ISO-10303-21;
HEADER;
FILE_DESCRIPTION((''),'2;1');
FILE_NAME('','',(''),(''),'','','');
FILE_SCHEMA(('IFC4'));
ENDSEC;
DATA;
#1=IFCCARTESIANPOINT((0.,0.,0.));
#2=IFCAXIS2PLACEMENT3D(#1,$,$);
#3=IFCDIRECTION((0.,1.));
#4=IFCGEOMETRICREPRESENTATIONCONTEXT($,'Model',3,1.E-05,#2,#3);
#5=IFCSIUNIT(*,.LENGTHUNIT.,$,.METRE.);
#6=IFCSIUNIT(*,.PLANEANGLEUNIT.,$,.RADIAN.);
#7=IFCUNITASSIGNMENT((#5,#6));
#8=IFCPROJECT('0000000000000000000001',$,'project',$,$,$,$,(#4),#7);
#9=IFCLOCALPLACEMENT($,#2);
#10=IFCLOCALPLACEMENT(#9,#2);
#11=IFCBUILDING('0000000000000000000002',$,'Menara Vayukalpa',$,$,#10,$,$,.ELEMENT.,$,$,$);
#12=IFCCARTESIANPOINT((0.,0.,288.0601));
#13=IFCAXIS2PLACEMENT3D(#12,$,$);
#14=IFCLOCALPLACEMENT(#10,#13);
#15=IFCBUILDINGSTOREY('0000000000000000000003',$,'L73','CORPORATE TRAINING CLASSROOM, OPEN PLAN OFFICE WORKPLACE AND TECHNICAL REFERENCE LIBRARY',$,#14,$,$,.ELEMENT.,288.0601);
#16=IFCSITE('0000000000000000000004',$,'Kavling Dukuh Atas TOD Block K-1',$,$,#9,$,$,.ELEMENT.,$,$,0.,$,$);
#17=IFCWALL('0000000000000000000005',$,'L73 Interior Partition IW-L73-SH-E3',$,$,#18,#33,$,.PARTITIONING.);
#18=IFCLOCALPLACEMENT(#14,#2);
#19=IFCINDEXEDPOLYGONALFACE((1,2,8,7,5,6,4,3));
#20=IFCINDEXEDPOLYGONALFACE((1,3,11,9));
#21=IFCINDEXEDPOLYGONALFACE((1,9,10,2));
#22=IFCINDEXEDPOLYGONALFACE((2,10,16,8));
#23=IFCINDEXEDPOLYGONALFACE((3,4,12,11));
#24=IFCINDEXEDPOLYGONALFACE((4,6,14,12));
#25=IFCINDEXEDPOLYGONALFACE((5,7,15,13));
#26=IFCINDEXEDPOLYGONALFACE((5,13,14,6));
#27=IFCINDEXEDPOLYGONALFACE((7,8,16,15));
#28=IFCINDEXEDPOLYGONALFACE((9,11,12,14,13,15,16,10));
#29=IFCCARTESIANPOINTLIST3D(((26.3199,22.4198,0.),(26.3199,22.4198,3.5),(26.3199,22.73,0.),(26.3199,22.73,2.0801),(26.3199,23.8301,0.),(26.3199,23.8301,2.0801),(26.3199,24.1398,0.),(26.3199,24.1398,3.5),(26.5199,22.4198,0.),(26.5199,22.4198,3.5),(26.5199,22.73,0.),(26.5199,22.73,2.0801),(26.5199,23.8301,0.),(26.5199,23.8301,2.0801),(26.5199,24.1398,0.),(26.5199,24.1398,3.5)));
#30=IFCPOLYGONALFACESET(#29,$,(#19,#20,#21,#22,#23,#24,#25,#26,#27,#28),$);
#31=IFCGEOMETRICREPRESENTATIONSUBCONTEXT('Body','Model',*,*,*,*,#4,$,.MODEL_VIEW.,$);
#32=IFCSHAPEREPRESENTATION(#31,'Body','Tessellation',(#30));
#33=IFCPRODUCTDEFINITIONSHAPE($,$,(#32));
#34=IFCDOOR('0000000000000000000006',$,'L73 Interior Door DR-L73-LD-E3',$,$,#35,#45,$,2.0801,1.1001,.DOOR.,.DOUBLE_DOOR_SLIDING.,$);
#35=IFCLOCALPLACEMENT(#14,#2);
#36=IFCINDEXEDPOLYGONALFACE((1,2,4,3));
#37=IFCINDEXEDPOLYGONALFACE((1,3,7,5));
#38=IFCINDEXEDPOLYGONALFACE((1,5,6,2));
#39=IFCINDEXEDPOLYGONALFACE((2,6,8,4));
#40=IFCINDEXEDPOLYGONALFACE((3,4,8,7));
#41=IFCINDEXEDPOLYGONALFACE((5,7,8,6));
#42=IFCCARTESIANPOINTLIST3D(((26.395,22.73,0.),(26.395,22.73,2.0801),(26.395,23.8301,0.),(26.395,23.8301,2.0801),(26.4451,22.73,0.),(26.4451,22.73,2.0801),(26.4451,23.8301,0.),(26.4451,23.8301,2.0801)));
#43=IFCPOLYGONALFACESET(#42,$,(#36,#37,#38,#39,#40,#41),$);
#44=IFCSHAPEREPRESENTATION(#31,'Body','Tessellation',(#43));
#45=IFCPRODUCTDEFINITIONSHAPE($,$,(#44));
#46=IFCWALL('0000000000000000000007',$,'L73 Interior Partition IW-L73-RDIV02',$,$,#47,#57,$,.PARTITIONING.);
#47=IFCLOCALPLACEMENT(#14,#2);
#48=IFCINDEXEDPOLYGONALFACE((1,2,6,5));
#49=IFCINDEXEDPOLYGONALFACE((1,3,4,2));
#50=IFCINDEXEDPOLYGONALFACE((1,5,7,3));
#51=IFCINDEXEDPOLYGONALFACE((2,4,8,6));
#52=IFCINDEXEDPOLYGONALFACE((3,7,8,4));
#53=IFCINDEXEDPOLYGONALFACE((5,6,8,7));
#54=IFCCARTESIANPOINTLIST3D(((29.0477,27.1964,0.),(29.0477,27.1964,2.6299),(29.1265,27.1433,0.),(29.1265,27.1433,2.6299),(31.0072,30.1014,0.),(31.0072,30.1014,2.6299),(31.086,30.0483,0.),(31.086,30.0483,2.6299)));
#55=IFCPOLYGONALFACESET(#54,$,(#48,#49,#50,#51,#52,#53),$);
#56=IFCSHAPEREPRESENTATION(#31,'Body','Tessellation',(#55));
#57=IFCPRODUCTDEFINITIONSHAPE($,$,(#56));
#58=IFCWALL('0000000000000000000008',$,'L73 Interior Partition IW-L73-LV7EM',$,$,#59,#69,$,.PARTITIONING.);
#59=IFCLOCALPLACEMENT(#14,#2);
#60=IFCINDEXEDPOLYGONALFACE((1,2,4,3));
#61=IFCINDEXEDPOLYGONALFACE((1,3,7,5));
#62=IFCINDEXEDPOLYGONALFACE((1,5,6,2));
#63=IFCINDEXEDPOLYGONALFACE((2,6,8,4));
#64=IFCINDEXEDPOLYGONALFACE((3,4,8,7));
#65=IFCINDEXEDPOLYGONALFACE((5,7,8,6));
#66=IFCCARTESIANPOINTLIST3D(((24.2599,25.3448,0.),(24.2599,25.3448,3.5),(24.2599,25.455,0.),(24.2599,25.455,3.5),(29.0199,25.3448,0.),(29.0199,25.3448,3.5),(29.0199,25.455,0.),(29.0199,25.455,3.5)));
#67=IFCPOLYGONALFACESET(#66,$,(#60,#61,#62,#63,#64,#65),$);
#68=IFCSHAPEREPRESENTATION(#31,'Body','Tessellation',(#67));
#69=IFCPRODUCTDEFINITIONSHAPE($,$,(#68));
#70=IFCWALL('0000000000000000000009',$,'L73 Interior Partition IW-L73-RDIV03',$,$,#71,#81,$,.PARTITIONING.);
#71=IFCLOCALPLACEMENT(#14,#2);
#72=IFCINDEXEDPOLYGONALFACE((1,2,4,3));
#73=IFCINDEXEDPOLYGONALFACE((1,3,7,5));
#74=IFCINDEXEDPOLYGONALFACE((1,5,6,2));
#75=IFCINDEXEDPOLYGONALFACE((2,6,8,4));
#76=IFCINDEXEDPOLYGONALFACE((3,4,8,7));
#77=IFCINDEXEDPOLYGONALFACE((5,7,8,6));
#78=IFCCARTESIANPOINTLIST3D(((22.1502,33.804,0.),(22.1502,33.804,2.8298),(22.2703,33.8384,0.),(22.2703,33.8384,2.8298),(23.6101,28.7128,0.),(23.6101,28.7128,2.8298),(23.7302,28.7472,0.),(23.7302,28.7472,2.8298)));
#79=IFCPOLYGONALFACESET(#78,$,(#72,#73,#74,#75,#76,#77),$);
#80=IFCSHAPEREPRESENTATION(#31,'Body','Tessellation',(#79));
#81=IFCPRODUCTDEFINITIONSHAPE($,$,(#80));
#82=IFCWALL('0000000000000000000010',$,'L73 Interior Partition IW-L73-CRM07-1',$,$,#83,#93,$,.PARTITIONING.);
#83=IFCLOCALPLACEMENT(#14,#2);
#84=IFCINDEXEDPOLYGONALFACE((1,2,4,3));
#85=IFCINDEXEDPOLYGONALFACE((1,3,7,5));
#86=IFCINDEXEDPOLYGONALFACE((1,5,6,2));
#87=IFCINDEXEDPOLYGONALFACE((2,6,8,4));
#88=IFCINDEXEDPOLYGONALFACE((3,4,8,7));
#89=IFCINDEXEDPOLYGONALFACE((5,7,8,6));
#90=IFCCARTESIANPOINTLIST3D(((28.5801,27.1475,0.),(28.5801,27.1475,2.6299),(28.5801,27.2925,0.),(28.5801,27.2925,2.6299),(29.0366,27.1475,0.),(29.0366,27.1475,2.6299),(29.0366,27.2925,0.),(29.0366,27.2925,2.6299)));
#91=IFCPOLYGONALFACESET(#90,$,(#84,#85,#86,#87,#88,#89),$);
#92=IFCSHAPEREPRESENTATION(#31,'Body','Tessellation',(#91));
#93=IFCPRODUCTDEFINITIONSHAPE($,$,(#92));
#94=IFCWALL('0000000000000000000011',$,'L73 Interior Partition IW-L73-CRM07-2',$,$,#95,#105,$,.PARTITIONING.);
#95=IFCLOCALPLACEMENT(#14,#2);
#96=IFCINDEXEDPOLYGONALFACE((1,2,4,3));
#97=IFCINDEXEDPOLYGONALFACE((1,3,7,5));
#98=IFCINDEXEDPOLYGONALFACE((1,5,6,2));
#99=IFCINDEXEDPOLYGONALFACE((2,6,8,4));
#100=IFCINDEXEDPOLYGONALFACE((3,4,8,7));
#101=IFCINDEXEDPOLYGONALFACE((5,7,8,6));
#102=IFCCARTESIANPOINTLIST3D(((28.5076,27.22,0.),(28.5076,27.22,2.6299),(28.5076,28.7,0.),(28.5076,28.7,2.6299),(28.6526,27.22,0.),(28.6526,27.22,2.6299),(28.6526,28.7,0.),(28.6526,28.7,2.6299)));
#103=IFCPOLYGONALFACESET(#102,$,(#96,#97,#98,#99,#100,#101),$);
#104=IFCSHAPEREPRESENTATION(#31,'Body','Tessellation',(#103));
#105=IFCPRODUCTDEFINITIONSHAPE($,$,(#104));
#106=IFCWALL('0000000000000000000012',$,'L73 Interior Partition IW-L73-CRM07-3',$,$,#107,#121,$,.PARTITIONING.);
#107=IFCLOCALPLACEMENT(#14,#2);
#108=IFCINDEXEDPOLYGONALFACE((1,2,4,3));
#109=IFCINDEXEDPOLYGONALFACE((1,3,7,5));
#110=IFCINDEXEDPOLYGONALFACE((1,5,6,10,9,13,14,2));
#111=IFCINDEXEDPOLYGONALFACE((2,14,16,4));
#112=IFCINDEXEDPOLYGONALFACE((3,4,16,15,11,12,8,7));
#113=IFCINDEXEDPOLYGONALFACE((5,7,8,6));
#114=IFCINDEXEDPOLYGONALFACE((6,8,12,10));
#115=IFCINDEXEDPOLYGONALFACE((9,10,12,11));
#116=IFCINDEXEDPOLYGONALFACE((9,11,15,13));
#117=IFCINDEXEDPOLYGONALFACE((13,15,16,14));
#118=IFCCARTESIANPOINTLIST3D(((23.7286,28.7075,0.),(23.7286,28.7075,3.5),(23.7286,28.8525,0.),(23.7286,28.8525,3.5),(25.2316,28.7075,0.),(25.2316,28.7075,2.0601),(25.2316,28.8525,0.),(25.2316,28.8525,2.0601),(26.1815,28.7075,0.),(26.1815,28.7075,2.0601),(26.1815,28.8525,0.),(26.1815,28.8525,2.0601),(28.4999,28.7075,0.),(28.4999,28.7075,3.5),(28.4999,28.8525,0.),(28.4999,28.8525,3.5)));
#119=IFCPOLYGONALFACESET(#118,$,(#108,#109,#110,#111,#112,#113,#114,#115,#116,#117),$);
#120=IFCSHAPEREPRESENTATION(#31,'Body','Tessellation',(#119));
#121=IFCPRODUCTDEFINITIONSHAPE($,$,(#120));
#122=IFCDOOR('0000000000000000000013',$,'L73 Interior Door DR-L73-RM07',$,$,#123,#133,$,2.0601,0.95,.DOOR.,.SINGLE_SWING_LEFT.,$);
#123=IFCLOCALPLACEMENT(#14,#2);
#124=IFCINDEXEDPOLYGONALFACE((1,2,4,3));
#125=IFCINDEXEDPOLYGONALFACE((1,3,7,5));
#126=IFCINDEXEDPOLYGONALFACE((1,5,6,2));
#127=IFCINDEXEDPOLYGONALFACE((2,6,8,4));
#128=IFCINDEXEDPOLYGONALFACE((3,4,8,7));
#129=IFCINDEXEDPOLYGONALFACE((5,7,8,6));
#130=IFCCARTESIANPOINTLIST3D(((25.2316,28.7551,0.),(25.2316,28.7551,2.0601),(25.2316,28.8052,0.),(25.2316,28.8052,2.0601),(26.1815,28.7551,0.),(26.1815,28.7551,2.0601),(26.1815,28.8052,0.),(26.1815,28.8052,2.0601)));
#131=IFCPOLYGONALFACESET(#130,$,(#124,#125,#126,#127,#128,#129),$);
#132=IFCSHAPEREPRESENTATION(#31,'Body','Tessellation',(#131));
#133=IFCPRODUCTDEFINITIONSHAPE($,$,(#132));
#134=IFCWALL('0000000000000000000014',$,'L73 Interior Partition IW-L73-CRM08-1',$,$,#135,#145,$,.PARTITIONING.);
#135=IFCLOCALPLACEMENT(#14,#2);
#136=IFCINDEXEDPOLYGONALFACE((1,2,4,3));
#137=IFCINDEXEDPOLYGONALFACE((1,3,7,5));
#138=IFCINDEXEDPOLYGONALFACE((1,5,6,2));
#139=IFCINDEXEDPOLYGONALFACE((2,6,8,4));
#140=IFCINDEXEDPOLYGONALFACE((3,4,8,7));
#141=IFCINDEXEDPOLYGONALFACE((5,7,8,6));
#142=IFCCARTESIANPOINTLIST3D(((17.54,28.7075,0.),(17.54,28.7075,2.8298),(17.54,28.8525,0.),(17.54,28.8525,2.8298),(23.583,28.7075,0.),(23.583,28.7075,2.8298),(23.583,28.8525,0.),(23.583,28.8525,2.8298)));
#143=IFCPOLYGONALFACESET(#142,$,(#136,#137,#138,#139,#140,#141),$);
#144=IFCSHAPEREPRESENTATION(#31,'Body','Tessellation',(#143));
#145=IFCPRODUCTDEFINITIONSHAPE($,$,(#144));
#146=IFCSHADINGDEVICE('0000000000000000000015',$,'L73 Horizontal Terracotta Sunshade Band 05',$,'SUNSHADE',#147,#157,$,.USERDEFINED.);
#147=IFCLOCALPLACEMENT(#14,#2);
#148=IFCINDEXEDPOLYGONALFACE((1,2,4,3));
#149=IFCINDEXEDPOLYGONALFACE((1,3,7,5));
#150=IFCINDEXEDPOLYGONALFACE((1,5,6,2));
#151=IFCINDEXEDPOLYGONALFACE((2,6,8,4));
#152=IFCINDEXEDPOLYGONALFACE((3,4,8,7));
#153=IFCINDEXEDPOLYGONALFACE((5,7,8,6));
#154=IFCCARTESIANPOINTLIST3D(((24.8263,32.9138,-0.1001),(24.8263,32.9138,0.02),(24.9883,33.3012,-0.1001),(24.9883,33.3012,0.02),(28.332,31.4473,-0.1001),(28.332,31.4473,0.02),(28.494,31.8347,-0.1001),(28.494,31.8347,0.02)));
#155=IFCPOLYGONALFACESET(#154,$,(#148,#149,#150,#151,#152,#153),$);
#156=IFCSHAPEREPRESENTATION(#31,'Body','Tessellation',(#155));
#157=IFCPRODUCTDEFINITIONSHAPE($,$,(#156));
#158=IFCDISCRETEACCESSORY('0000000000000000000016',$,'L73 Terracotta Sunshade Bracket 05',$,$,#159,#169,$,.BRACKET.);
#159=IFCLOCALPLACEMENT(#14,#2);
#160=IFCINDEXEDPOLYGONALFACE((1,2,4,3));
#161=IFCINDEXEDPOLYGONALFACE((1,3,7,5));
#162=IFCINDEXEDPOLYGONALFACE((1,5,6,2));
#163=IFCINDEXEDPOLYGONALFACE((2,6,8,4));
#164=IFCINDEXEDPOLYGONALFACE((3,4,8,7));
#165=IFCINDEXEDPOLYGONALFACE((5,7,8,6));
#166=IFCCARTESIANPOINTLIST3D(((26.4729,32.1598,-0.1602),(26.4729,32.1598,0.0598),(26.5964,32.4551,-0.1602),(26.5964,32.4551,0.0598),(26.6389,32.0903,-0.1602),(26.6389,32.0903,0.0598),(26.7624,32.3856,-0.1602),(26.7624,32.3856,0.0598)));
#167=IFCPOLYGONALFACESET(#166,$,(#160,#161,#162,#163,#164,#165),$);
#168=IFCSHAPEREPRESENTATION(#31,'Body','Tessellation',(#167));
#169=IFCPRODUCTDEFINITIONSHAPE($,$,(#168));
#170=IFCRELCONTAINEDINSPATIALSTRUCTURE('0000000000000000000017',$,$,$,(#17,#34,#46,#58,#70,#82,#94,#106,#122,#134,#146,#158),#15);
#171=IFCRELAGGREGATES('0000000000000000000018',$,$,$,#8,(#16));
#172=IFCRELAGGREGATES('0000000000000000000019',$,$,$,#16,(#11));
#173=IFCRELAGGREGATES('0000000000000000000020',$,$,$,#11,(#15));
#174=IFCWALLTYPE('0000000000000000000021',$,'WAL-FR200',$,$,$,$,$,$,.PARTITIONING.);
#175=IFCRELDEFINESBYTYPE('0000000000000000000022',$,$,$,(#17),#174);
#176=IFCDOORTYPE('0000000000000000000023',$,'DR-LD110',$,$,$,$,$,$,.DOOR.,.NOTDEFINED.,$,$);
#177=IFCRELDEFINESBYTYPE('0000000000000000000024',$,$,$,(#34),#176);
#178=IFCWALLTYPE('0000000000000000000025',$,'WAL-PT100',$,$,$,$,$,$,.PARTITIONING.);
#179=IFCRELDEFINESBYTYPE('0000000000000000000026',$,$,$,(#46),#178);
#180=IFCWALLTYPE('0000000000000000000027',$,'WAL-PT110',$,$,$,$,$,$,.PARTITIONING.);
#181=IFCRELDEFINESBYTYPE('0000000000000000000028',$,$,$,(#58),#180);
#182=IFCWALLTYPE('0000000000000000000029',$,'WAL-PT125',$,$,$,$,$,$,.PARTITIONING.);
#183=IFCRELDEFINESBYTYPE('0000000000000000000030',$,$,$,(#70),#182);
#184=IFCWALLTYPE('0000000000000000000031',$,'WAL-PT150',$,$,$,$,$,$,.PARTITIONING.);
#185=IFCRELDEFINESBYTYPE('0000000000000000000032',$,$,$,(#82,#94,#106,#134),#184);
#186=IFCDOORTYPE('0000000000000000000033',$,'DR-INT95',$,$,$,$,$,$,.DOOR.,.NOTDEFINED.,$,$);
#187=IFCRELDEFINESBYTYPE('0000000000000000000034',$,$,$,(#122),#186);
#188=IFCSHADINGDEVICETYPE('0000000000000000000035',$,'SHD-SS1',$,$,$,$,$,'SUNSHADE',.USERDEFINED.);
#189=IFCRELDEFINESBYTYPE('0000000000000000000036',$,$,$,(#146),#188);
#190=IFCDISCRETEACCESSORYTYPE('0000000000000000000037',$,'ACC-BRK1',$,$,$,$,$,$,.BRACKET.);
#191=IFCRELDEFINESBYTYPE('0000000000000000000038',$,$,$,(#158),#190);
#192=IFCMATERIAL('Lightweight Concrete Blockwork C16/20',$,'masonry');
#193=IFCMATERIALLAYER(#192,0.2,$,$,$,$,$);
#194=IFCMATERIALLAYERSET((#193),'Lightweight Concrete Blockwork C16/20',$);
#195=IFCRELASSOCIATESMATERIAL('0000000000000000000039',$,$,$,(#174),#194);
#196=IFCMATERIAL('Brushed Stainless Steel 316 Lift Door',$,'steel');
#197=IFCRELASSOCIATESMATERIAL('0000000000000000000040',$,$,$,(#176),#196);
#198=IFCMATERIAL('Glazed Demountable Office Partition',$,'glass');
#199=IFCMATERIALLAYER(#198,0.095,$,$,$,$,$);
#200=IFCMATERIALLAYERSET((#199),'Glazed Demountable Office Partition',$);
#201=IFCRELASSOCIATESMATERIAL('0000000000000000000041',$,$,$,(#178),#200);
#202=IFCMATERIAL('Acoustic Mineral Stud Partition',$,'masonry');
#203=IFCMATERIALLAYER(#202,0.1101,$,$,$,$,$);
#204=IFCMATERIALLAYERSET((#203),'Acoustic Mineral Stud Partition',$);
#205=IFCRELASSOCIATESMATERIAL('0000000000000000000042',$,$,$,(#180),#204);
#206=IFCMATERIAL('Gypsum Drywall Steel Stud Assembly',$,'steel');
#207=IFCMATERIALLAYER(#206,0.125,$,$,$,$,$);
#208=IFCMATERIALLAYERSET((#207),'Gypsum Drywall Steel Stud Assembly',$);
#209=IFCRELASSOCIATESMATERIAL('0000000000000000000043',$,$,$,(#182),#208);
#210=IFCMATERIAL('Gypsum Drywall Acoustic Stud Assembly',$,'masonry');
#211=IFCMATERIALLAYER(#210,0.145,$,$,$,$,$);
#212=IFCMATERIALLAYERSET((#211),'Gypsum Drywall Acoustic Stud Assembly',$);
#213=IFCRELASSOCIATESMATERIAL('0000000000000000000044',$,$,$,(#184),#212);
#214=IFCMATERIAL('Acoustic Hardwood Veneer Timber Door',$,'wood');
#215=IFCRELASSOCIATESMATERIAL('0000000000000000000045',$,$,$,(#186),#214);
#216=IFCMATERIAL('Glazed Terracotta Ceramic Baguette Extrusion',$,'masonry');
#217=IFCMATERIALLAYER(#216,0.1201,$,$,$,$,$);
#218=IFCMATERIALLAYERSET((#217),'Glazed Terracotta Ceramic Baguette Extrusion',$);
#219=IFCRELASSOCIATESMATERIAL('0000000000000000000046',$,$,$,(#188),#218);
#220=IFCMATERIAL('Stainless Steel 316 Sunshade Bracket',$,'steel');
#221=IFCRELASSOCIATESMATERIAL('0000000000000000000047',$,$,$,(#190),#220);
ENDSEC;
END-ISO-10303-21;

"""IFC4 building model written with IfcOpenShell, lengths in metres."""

from ifc_helpers import new_model, si_unit, direction, frame, frame_2d, origin, origin_2d, place, context, subcontext, project, spatial, rectangle, extrude, material, layer, layer_set, type_object, element, fill, save


model = new_model("IFC4")

# Units and contexts
model_context = context("Model", 3, precision=1e-05, world=origin(), true_north=direction((0.0, 1.0)))
body_context = subcontext(model_context, "Body", "Model", "MODEL_VIEW")
ifc_project = project(units=[si_unit("LENGTHUNIT", "METRE"), si_unit("PLANEANGLEUNIT", "RADIAN")], contexts=[model_context])

# Site, building, storey
site_placement = place(None, origin())
site = spatial("IfcSite", under=ifc_project, at=site_placement, Name="Kavling Dukuh Atas TOD Block K-1", CompositionType="ELEMENT", RefElevation=0.0)
building_placement = place(site_placement, origin())
building = spatial("IfcBuilding", under=site, at=building_placement, Name="Menara Vayukalpa", CompositionType="ELEMENT")
storey_placement = place(building_placement, frame((0.0, 0.0, 288.0601)))
storey = spatial("IfcBuildingStorey", under=building, at=storey_placement, Name="L73", Description="CORPORATE TRAINING CLASSROOM, OPEN PLAN OFFICE WORKPLACE AND TECHNICAL REFERENCE LIBRARY", CompositionType="ELEMENT", Elevation=288.0601)

# Wall, opening, door
ifc_material_1 = material(Name="Lightweight Concrete Blockwork C16/20", Category="masonry")
ifc_layer_1 = layer(ifc_material_1, 0.2)
ifc_layer_set_1 = layer_set([ifc_layer_1], Name="Lightweight Concrete Blockwork C16/20")
wall_type_1 = type_object("IfcWallType", Name="WAL-FR200", PredefinedType="PARTITIONING", material=ifc_layer_set_1)
wall_1_placement = place(storey_placement, frame((26.4199, 22.4199, 0.0), z_axis=(0.0, 0.0, 1.0), x_axis=(0.0, 1.0, 0.0)))
wall_1 = element("IfcWall", 1, at=wall_1_placement, inside=storey, type_object=wall_type_1, Name="L73 Interior Partition IW-L73-SH-E3", PredefinedType="PARTITIONING", context=body_context, shape_type="SweptSolid", body=[
    extrude(rectangle(XDim=1.72, YDim=0.2, at=frame_2d((0.8599, 0.0))), origin(), (0.0, 0.0, 1.0), 3.5),
])
opening_1_placement = place(wall_1_placement, frame((0.3101, 0.0, 0.0)))
opening_1 = element("IfcOpeningElement", 2, at=opening_1_placement, cuts=wall_1, PredefinedType="OPENING", context=body_context, shape_type="SweptSolid", body=[
    extrude(rectangle(XDim=1.1001, YDim=2.0801, at=frame_2d((0.55, 1.04))), frame((0.0, 0.1099, 0.0), z_axis=(0.0, -1.0, 0.0), x_axis=(1.0, 0.0, 0.0)), (0.0, 0.0, 1.0), 0.22),
])
ifc_material_2 = material(Name="Brushed Stainless Steel 316 Lift Door", Category="steel")
door_type_1 = type_object("IfcDoorType", Name="DR-LD110", OperationType="NOTDEFINED", PredefinedType="DOOR", material=ifc_material_2)
door_1_placement = place(opening_1_placement, origin())
door_1 = element("IfcDoor", 3, at=door_1_placement, inside=storey, type_object=door_type_1, Name="L73 Interior Door DR-L73-LD-E3", OperationType="DOUBLE_DOOR_SLIDING", OverallHeight=2.0801, OverallWidth=1.1001, PredefinedType="DOOR", context=body_context, shape_type="SweptSolid", body=[
    extrude(rectangle(XDim=1.1001, YDim=2.0801, at=frame_2d((0.55, 1.04))), frame((0.0, 0.0249, 0.0), z_axis=(0.0, -1.0, 0.0), x_axis=(1.0, 0.0, 0.0)), (0.0, 0.0, 1.0), 0.05),
])
fill(opening_1, door_1)

# Walls
ifc_material_3 = material(Name="Glazed Demountable Office Partition", Category="glass")
ifc_layer_2 = layer(ifc_material_3, 0.095)
ifc_layer_set_2 = layer_set([ifc_layer_2], Name="Glazed Demountable Office Partition")
wall_type_2 = type_object("IfcWallType", Name="WAL-PT100", PredefinedType="PARTITIONING", material=ifc_layer_set_2)
wall_2_placement = place(storey_placement, frame((29.0872, 27.1699, 0.0), z_axis=(0.0, 0.0, 1.0), x_axis=(0.559194, 0.829037, 0.0)))
element("IfcWall", 4, at=wall_2_placement, inside=storey, type_object=wall_type_2, Name="L73 Interior Partition IW-L73-RDIV02", PredefinedType="PARTITIONING", context=body_context, shape_type="SweptSolid", body=[
    extrude(rectangle(XDim=3.5042, YDim=0.095, at=frame_2d((1.752, 0.0))), origin(), (0.0, 0.0, 1.0), 2.6299),
])
ifc_material_4 = material(Name="Acoustic Mineral Stud Partition", Category="masonry")
ifc_layer_3 = layer(ifc_material_4, 0.1101)
ifc_layer_set_3 = layer_set([ifc_layer_3], Name="Acoustic Mineral Stud Partition")
wall_type_3 = type_object("IfcWallType", Name="WAL-PT110", PredefinedType="PARTITIONING", material=ifc_layer_set_3)
wall_3_placement = place(storey_placement, frame((24.26, 25.3999, 0.0), z_axis=(0.0, 0.0, 1.0), x_axis=(1.0, 0.0, 0.0)))
element("IfcWall", 5, at=wall_3_placement, inside=storey, type_object=wall_type_3, Name="L73 Interior Partition IW-L73-LV7EM", PredefinedType="PARTITIONING", context=body_context, shape_type="SweptSolid", body=[
    extrude(rectangle(XDim=4.76, YDim=0.1101, at=frame_2d((2.3799, 0.0))), origin(), (0.0, 0.0, 1.0), 3.5),
])
ifc_material_5 = material(Name="Gypsum Drywall Steel Stud Assembly", Category="steel")
ifc_layer_4 = layer(ifc_material_5, 0.125)
ifc_layer_set_4 = layer_set([ifc_layer_4], Name="Gypsum Drywall Steel Stud Assembly")
wall_type_4 = type_object("IfcWallType", Name="WAL-PT125", PredefinedType="PARTITIONING", material=ifc_layer_set_4)
wall_4_placement = place(storey_placement, frame((23.6702, 28.73, 0.0), z_axis=(0.0, 0.0, 1.0), x_axis=(-0.275646, 0.961259, 0.0)))
element("IfcWall", 6, at=wall_4_placement, inside=storey, type_object=wall_type_4, Name="L73 Interior Partition IW-L73-RDIV03", PredefinedType="PARTITIONING", context=body_context, shape_type="SweptSolid", body=[
    extrude(rectangle(XDim=5.2964, YDim=0.125, at=frame_2d((2.6482, 0.0))), origin(), (0.0, 0.0, 1.0), 2.8298),
])
ifc_material_6 = material(Name="Gypsum Drywall Acoustic Stud Assembly", Category="masonry")
ifc_layer_5 = layer(ifc_material_6, 0.145)
ifc_layer_set_5 = layer_set([ifc_layer_5], Name="Gypsum Drywall Acoustic Stud Assembly")
wall_type_5 = type_object("IfcWallType", Name="WAL-PT150", PredefinedType="PARTITIONING", material=ifc_layer_set_5)
wall_5_placement = place(storey_placement, frame((29.0366, 27.22, 0.0), z_axis=(0.0, 0.0, 1.0), x_axis=(-1.0, 0.0, 0.0)))
element("IfcWall", 7, at=wall_5_placement, inside=storey, type_object=wall_type_5, Name="L73 Interior Partition IW-L73-CRM07-1", PredefinedType="PARTITIONING", context=body_context, shape_type="SweptSolid", body=[
    extrude(rectangle(XDim=0.4565, YDim=0.145, at=frame_2d((0.2283, 0.0))), origin(), (0.0, 0.0, 1.0), 2.6299),
])
wall_6_placement = place(storey_placement, frame((28.5801, 27.22, 0.0), z_axis=(0.0, 0.0, 1.0), x_axis=(0.0, 1.0, 0.0)))
element("IfcWall", 8, at=wall_6_placement, inside=storey, type_object=wall_type_5, Name="L73 Interior Partition IW-L73-CRM07-2", PredefinedType="PARTITIONING", context=body_context, shape_type="SweptSolid", body=[
    extrude(rectangle(XDim=1.48, YDim=0.145, at=frame_2d((0.74, 0.0))), origin(), (0.0, 0.0, 1.0), 2.6299),
])

# Wall, opening, door
wall_7_placement = place(storey_placement, frame((28.5, 28.78, 0.0), z_axis=(0.0, 0.0, 1.0), x_axis=(-1.0, 0.0, 0.0)))
wall_7 = element("IfcWall", 9, at=wall_7_placement, inside=storey, type_object=wall_type_5, Name="L73 Interior Partition IW-L73-CRM07-3", PredefinedType="PARTITIONING", context=body_context, shape_type="SweptSolid", body=[
    extrude(rectangle(XDim=4.7712, YDim=0.145, at=frame_2d((2.3857, 0.0))), origin(), (0.0, 0.0, 1.0), 3.5),
])
opening_2_placement = place(wall_7_placement, frame((2.3184, 0.0, 0.0)))
opening_2 = element("IfcOpeningElement", 10, at=opening_2_placement, cuts=wall_7, PredefinedType="OPENING", context=body_context, shape_type="SweptSolid", body=[
    extrude(rectangle(XDim=0.95, YDim=2.0601, at=frame_2d((0.4751, 1.03))), frame((0.0, 0.0825, 0.0), z_axis=(0.0, -1.0, 0.0), x_axis=(1.0, 0.0, 0.0)), (0.0, 0.0, 1.0), 0.165),
])
ifc_material_7 = material(Name="Acoustic Hardwood Veneer Timber Door", Category="wood")
door_type_2 = type_object("IfcDoorType", Name="DR-INT95", OperationType="NOTDEFINED", PredefinedType="DOOR", material=ifc_material_7)
door_2_placement = place(opening_2_placement, origin())
door_2 = element("IfcDoor", 11, at=door_2_placement, inside=storey, type_object=door_type_2, Name="L73 Interior Door DR-L73-RM07", OperationType="SINGLE_SWING_LEFT", OverallHeight=2.0601, OverallWidth=0.95, PredefinedType="DOOR", context=body_context, shape_type="SweptSolid", body=[
    extrude(rectangle(XDim=0.95, YDim=2.0601, at=frame_2d((0.4751, 1.03))), frame((0.0, 0.0249, 0.0), z_axis=(0.0, -1.0, 0.0), x_axis=(1.0, 0.0, 0.0)), (0.0, 0.0, 1.0), 0.05),
])
fill(opening_2, door_2)

# Wall
wall_8_placement = place(storey_placement, frame((23.583, 28.78, 0.0), z_axis=(0.0, 0.0, 1.0), x_axis=(-1.0, 0.0, 0.0)))
element("IfcWall", 12, at=wall_8_placement, inside=storey, type_object=wall_type_5, Name="L73 Interior Partition IW-L73-CRM08-1", PredefinedType="PARTITIONING", context=body_context, shape_type="SweptSolid", body=[
    extrude(rectangle(XDim=6.043, YDim=0.145, at=frame_2d((3.0215, 0.0))), origin(), (0.0, 0.0, 1.0), 2.8298),
])

# Shading device
ifc_material_8 = material(Name="Glazed Terracotta Ceramic Baguette Extrusion", Category="masonry")
ifc_layer_6 = layer(ifc_material_8, 0.1201)
ifc_layer_set_6 = layer_set([ifc_layer_6], Name="Glazed Terracotta Ceramic Baguette Extrusion")
shading_device_type = type_object("IfcShadingDeviceType", Name="SHD-SS1", ElementType="SUNSHADE", PredefinedType="USERDEFINED", material=ifc_layer_set_6)
shading_device_placement = place(storey_placement, frame((26.6602, 32.3743, -0.1001), z_axis=(0.0, 0.0, 1.0), x_axis=(-0.922538, 0.385906, 0.0)))
element("IfcShadingDevice", 13, at=shading_device_placement, inside=storey, type_object=shading_device_type, Name="L73 Horizontal Terracotta Sunshade Band 05", ObjectType="SUNSHADE", PredefinedType="USERDEFINED", context=body_context, shape_type="SweptSolid", body=[
    extrude(rectangle(XDim=3.8, YDim=0.4199, at=origin_2d()), origin(), (0.0, 0.0, 1.0), 0.1201),
])

# Discrete accessory
ifc_material_9 = material(Name="Stainless Steel 316 Sunshade Bracket", Category="steel")
discrete_accessory_type = type_object("IfcDiscreteAccessoryType", Name="ACC-BRK1", PredefinedType="BRACKET", material=ifc_material_9)
discrete_accessory_placement = place(storey_placement, frame((26.6177, 32.2727, -0.1602), z_axis=(0.0, 0.0, 1.0), x_axis=(-0.922538, 0.385906, 0.0)))
element("IfcDiscreteAccessory", 14, at=discrete_accessory_placement, inside=storey, type_object=discrete_accessory_type, Name="L73 Terracotta Sunshade Bracket 05", PredefinedType="BRACKET", context=body_context, shape_type="SweptSolid", body=[
    extrude(rectangle(XDim=0.1799, YDim=0.3201, at=origin_2d()), origin(), (0.0, 0.0, 1.0), 0.22),
])

save(model, "model.ifc")
